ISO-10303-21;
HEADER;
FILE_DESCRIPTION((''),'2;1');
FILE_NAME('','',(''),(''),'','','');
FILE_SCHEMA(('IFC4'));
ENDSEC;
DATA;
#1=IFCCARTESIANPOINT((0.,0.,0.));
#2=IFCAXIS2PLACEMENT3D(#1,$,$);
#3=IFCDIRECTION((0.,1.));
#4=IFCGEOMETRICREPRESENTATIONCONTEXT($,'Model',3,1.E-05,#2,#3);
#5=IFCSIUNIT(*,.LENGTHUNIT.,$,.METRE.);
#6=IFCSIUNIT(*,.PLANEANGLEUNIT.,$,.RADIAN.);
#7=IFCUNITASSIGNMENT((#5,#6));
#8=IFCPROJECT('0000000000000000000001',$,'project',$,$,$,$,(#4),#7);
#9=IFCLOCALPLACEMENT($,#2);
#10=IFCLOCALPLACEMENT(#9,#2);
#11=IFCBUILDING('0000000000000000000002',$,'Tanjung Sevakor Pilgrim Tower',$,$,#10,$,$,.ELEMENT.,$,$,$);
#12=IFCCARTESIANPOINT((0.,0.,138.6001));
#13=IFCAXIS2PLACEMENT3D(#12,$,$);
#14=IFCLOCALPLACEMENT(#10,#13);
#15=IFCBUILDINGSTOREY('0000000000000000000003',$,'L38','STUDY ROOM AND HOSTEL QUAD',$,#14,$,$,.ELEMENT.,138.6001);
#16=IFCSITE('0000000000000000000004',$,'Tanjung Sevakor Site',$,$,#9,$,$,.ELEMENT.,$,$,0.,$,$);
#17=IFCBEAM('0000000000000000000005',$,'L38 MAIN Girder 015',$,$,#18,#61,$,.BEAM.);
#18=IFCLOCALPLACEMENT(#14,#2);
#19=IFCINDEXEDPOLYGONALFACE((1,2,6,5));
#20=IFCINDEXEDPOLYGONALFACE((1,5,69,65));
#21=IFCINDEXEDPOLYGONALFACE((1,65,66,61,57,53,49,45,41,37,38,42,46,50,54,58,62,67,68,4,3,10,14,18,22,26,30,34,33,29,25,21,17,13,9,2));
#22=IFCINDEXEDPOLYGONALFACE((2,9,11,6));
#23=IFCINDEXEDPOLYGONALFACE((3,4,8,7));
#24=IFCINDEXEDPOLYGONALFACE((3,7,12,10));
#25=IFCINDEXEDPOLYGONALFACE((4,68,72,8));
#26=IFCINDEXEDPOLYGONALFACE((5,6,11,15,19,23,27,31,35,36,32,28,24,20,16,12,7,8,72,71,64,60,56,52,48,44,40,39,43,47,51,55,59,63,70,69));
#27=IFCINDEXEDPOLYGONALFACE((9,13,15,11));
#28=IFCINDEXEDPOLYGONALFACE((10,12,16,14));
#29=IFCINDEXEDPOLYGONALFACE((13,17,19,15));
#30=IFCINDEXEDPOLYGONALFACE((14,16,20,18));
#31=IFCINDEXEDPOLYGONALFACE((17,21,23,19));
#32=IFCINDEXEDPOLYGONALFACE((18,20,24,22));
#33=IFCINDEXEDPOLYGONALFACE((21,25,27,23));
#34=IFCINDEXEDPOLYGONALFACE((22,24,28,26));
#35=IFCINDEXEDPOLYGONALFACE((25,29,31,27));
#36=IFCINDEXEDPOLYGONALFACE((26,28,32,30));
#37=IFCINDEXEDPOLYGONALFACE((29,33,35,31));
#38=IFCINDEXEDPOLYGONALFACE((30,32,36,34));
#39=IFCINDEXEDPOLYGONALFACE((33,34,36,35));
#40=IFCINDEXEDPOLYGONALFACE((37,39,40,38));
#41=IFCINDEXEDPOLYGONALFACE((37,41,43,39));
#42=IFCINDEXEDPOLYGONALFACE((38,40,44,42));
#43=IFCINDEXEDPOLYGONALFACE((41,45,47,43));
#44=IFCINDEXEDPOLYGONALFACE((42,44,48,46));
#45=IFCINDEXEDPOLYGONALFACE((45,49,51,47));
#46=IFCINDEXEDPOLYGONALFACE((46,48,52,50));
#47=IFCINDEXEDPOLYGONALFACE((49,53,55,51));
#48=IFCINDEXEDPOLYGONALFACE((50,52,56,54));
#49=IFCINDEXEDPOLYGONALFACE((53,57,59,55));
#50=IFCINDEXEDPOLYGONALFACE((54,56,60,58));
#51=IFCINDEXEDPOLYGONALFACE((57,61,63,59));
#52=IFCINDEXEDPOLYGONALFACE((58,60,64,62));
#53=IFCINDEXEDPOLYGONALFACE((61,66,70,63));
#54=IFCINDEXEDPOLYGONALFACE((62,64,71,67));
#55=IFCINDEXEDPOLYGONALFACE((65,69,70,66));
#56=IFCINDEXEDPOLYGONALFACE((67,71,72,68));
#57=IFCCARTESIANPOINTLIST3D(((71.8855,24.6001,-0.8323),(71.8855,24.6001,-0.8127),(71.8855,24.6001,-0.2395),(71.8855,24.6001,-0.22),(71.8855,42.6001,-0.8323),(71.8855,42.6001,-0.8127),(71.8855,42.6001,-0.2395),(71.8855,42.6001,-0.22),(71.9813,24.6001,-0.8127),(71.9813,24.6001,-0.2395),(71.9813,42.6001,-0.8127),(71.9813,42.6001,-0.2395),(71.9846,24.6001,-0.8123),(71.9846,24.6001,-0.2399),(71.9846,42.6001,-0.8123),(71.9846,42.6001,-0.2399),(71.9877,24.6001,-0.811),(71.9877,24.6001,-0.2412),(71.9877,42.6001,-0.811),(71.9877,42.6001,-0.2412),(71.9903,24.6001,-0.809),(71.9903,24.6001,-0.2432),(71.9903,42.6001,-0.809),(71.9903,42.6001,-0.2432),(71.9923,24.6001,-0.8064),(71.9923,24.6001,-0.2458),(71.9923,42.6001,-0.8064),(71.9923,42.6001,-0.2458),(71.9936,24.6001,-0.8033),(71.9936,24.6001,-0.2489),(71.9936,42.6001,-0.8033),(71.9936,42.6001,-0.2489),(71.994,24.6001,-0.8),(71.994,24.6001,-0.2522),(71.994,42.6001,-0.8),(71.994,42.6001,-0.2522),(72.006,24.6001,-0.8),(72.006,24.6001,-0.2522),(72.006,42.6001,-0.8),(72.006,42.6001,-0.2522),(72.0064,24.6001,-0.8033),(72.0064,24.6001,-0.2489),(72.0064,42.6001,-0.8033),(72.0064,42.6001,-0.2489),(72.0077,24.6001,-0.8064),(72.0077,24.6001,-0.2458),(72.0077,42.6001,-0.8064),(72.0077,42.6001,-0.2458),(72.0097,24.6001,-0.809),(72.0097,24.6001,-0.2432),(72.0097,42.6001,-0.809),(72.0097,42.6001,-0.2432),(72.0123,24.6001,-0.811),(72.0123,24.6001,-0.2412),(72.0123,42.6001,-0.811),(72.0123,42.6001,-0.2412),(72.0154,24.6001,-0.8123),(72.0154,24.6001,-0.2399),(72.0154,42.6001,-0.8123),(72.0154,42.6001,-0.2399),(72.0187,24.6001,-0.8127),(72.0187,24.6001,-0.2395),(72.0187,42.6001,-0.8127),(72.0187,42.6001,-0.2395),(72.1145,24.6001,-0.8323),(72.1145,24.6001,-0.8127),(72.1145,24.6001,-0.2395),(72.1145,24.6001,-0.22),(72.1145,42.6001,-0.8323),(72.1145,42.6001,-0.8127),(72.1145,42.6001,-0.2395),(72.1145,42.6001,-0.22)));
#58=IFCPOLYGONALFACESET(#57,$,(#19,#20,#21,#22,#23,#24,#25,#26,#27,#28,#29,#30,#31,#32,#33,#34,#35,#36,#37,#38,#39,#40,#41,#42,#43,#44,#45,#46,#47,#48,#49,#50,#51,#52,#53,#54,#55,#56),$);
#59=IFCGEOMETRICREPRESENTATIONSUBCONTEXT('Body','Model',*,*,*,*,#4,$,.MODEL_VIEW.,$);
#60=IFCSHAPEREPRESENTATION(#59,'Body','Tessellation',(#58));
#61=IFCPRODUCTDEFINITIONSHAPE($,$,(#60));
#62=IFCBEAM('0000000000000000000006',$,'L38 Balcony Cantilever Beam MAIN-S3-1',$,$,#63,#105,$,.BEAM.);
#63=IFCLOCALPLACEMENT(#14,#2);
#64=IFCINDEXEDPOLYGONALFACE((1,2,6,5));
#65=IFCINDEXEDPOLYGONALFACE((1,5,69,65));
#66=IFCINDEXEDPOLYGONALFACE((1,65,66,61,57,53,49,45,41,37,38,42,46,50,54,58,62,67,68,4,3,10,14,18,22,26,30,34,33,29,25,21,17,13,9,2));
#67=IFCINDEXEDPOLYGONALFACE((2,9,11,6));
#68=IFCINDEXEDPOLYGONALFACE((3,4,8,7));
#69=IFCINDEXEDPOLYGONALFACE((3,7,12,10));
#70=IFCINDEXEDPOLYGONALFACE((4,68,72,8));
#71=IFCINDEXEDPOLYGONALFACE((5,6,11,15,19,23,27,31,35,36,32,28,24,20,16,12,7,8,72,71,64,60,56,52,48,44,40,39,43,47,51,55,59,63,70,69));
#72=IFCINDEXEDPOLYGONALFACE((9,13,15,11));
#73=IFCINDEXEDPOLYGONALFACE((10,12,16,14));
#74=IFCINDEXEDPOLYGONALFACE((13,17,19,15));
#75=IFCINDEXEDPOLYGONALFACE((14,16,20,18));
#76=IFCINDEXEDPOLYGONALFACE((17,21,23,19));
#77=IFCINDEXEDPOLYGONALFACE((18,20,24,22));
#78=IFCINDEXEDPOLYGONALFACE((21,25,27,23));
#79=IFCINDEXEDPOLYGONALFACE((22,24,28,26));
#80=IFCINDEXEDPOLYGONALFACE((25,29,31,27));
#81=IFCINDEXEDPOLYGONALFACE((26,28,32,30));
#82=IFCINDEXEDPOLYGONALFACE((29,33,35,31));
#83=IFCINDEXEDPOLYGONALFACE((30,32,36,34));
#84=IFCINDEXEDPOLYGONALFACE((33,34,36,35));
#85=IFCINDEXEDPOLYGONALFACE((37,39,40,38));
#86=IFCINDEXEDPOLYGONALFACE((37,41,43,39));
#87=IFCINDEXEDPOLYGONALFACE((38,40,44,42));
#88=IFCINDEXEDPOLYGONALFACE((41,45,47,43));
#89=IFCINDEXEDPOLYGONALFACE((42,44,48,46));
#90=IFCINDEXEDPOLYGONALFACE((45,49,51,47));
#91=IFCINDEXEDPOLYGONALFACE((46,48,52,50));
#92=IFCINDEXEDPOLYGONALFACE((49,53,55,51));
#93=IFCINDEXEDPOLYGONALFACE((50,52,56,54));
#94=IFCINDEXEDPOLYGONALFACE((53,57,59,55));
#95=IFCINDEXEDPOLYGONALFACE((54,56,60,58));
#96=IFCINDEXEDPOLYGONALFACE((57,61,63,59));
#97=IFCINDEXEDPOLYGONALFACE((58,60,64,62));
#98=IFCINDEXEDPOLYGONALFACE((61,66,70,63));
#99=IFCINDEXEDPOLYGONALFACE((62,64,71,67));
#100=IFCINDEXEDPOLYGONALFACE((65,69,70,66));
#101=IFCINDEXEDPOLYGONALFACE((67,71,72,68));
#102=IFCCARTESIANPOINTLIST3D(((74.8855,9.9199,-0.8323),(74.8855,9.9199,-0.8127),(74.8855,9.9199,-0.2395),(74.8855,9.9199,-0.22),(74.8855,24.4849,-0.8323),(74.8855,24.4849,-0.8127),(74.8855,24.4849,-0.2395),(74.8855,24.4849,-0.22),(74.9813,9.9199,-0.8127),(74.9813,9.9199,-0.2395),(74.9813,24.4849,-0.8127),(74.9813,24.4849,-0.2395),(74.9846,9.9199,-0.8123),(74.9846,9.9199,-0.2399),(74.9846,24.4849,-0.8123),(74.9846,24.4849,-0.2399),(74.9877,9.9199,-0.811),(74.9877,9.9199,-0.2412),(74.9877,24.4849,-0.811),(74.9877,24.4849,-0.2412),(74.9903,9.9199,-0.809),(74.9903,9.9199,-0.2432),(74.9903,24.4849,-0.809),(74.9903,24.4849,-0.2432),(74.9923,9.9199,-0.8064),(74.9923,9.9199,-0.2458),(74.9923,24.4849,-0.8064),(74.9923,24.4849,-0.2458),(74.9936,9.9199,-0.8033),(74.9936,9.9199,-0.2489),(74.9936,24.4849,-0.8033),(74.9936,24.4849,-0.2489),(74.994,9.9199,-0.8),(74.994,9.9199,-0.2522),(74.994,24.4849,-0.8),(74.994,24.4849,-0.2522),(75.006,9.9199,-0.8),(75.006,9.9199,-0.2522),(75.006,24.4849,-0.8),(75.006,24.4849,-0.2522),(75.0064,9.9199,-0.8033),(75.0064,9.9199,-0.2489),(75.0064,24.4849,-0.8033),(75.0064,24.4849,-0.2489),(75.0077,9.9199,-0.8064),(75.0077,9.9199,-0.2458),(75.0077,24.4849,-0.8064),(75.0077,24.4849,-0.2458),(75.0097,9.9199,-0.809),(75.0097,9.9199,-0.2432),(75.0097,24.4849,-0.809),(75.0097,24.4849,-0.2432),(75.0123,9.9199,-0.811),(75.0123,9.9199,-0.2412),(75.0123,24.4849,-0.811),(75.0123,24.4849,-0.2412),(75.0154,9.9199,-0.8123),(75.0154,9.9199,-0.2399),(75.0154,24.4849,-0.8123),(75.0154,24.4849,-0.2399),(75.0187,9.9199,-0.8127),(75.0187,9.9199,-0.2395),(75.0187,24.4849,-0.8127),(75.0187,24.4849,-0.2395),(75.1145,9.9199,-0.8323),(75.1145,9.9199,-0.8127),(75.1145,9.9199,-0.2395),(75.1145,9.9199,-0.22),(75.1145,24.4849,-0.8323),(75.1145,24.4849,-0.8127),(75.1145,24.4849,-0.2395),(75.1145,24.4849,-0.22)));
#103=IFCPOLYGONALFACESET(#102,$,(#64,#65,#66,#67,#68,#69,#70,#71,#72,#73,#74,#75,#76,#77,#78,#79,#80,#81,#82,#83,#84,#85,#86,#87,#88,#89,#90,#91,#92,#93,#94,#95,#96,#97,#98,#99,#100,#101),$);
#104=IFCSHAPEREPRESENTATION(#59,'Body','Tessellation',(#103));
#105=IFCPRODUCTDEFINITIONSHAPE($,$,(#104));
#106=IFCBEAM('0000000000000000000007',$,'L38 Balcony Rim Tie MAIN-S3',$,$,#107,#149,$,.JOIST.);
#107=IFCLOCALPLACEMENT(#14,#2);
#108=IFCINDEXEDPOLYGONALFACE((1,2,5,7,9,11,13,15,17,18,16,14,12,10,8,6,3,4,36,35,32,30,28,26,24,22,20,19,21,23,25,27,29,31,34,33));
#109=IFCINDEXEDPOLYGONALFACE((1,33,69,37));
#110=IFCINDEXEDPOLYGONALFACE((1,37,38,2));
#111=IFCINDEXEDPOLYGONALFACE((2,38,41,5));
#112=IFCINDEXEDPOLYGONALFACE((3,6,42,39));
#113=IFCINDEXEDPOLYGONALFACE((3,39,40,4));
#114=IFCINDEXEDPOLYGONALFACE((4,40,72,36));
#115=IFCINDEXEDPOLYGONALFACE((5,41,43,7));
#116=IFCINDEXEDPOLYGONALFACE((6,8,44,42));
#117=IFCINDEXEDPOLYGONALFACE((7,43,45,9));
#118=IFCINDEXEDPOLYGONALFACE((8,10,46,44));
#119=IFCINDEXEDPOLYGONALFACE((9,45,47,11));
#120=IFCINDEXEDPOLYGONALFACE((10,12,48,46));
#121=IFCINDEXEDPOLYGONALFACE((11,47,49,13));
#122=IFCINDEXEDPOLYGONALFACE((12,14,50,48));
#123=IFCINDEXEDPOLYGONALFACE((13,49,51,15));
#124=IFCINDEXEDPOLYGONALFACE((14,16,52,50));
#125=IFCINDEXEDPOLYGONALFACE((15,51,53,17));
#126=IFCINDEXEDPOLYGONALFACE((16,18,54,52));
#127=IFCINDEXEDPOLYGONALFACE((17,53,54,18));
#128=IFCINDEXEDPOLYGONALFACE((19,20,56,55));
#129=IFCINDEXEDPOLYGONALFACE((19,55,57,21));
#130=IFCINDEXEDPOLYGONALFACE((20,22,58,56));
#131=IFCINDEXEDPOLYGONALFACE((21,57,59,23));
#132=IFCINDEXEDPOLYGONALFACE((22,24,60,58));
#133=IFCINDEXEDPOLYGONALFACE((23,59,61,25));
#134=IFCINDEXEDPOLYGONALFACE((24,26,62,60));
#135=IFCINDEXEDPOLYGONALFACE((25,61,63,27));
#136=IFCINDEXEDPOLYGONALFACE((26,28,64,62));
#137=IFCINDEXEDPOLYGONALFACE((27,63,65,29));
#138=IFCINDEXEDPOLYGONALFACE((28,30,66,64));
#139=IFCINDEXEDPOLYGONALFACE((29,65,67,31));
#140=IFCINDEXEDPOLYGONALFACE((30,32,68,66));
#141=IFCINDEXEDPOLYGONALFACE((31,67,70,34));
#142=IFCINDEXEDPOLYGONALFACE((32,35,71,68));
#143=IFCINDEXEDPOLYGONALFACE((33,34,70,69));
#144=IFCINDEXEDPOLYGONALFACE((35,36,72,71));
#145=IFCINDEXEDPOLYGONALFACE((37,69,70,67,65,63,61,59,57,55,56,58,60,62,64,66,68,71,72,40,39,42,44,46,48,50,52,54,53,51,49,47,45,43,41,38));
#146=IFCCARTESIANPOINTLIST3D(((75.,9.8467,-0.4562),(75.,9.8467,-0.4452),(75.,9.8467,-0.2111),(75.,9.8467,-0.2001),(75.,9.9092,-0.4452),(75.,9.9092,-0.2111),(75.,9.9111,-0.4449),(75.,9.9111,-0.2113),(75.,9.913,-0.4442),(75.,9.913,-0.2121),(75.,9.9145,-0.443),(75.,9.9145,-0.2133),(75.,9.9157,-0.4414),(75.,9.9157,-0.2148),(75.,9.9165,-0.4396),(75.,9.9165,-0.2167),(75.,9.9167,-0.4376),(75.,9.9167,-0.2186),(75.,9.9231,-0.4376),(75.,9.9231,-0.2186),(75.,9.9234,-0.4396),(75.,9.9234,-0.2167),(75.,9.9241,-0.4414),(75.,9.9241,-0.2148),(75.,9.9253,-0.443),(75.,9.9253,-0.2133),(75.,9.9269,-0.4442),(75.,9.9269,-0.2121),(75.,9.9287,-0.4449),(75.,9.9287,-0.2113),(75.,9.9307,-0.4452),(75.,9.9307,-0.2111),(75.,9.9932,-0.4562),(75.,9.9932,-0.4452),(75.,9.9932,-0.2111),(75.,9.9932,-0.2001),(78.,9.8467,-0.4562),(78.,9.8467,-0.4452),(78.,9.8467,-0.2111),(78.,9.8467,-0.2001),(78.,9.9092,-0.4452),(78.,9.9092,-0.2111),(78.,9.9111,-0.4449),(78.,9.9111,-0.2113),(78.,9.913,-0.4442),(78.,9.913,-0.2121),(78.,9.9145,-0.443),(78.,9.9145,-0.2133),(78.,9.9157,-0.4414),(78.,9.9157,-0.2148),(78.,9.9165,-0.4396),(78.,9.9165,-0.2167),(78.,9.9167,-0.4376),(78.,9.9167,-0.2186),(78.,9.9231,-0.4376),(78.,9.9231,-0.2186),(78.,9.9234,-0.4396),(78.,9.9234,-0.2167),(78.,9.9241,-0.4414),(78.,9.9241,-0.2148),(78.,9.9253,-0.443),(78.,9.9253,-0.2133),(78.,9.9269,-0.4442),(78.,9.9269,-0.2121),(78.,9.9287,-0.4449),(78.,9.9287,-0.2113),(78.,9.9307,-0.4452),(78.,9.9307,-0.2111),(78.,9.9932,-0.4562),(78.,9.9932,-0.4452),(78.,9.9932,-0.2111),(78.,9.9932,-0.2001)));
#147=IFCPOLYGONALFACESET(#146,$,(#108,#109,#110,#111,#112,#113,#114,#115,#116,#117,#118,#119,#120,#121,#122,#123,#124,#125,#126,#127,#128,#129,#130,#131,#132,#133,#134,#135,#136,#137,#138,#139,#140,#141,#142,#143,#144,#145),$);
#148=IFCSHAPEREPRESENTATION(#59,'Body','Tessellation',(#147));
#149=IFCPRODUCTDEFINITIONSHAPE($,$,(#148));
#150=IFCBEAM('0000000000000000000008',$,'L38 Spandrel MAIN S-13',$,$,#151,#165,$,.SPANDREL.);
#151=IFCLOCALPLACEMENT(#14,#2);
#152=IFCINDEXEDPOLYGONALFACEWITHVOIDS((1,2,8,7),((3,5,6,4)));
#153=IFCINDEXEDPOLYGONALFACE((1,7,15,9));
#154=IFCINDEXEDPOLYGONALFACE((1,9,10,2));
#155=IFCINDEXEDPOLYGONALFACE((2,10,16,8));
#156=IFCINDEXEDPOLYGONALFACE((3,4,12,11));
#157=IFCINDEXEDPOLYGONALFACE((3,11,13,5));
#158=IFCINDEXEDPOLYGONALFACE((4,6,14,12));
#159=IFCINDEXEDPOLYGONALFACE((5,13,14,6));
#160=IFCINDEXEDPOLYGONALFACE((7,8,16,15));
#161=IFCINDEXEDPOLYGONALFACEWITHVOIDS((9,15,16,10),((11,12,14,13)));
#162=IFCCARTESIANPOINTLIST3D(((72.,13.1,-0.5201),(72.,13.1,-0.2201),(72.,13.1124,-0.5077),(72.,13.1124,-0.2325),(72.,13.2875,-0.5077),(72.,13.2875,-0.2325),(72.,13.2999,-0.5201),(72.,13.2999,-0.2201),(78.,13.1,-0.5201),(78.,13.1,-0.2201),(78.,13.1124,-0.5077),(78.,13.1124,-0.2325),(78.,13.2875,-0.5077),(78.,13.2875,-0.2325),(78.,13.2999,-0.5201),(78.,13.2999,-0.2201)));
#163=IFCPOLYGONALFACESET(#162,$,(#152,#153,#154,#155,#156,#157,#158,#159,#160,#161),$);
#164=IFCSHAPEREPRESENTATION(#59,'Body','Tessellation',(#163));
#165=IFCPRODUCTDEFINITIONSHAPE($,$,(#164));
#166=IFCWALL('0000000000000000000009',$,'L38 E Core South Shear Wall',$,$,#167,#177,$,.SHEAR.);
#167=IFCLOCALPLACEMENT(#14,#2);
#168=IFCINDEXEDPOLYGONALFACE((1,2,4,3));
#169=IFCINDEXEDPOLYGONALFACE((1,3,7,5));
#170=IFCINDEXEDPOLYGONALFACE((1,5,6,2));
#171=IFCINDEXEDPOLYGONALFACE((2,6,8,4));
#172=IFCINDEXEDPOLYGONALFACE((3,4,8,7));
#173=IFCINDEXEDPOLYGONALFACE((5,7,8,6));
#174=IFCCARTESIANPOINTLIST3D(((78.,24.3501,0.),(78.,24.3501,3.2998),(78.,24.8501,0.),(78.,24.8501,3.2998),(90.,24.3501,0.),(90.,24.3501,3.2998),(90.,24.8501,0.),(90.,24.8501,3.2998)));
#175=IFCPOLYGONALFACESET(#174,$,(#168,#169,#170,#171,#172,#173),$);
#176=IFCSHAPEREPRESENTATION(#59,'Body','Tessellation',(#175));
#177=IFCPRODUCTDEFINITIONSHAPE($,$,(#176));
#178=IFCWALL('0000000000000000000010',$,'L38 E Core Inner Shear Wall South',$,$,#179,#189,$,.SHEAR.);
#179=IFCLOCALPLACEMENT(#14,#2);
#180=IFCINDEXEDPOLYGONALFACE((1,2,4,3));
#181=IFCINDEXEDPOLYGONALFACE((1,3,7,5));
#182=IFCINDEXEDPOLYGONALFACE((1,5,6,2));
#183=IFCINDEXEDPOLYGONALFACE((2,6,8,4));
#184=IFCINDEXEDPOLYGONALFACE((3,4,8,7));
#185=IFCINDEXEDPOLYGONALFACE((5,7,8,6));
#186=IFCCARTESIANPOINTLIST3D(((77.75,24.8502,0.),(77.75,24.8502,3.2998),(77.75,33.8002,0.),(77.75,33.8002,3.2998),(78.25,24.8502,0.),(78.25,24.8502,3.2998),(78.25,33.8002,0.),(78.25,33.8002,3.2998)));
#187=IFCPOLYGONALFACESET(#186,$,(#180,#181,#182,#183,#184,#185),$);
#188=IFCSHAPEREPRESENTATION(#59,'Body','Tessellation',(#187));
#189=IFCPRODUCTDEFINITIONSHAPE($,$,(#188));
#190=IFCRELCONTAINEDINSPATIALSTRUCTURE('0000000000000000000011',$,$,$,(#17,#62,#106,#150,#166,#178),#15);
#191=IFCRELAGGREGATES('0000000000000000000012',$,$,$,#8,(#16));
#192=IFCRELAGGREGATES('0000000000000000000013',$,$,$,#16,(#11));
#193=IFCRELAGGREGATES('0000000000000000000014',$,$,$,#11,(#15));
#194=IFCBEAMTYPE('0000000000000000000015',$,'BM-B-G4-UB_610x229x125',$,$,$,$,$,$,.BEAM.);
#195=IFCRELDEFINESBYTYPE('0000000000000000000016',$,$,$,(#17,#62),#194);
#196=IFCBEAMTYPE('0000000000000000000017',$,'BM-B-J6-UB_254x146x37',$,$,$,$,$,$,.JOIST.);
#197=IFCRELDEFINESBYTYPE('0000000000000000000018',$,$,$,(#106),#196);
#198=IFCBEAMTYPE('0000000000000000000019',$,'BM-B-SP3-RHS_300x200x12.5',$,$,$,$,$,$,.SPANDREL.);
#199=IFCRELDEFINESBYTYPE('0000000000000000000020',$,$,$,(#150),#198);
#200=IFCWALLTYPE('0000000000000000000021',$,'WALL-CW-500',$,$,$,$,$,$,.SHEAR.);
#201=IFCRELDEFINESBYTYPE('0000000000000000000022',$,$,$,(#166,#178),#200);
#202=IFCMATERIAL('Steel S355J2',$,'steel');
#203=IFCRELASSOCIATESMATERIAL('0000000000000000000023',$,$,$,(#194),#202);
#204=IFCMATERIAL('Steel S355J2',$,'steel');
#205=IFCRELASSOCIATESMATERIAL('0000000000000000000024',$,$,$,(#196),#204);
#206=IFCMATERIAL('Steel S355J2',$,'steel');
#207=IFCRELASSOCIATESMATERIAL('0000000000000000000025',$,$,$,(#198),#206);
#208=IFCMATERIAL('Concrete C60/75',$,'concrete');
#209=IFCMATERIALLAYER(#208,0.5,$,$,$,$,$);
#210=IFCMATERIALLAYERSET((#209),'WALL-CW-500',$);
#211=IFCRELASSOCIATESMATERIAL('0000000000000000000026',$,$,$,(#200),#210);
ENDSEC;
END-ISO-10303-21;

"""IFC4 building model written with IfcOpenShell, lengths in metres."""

from ifc_helpers import new_model, si_unit, direction, frame, frame_2d, origin, origin_2d, place, context, subcontext, project, spatial, rectangle, hollow_rectangle, i_section, extrude, material, layer, layer_set, material_profile, profile_set, type_object, element, save


model = new_model("IFC4")

# Units and contexts
model_context = context("Model", 3, precision=1e-05, world=origin(), true_north=direction((0.0, 1.0)))
body_context = subcontext(model_context, "Body", "Model", "MODEL_VIEW")
ifc_project = project(units=[si_unit("LENGTHUNIT", "METRE"), si_unit("PLANEANGLEUNIT", "RADIAN")], contexts=[model_context])

# Site, building, storey
site_placement = place(None, origin())
site = spatial("IfcSite", under=ifc_project, at=site_placement, Name="Tanjung Sevakor Site", CompositionType="ELEMENT", RefElevation=0.0)
building_placement = place(site_placement, origin())
building = spatial("IfcBuilding", under=site, at=building_placement, Name="Tanjung Sevakor Pilgrim Tower", CompositionType="ELEMENT")
storey_placement = place(building_placement, frame((0.0, 0.0, 138.6001)))
storey = spatial("IfcBuildingStorey", under=building, at=storey_placement, Name="L38", Description="STUDY ROOM AND HOSTEL QUAD", CompositionType="ELEMENT", Elevation=138.6001)

# Beams
ifc_material_1 = material(Name="Steel S355J2", Category="steel")
ifc_material_profile_1 = material_profile(ifc_material_1, i_section(OverallWidth=0.229, OverallDepth=0.6123, WebThickness=0.012, FlangeThickness=0.0195, FilletRadius=0.0127, at=origin_2d()))
ifc_profile_set_1 = profile_set([ifc_material_profile_1], Name="Steel S355J2")
beam_type_1 = type_object("IfcBeamType", Name="BM-B-G4-UB_610x229x125", PredefinedType="BEAM", material=ifc_profile_set_1)
beam_1_placement = place(storey_placement, frame((72.0, 24.6001, -0.5261), z_axis=(0.0, 1.0, 0.0), x_axis=(-1.0, 0.0, 0.0)))
element("IfcBeam", 1, at=beam_1_placement, inside=storey, type_object=beam_type_1, Name="L38 MAIN Girder 015", PredefinedType="BEAM", context=body_context, shape_type="SweptSolid", body=[
    extrude(i_section(OverallWidth=0.229, OverallDepth=0.6123, WebThickness=0.012, FlangeThickness=0.0195, FilletRadius=0.0127, at=origin_2d()), origin(), (0.0, 0.0, 1.0), 18.0),
])
beam_2_placement = place(storey_placement, frame((75.0, 24.4849, -0.5261), z_axis=(0.0, -1.0, 0.0), x_axis=(1.0, 0.0, 0.0)))
element("IfcBeam", 2, at=beam_2_placement, inside=storey, type_object=beam_type_1, Name="L38 Balcony Cantilever Beam MAIN-S3-1", PredefinedType="BEAM", context=body_context, shape_type="SweptSolid", body=[
    extrude(i_section(OverallWidth=0.229, OverallDepth=0.6123, WebThickness=0.012, FlangeThickness=0.0195, FilletRadius=0.0127, at=origin_2d()), origin(), (0.0, 0.0, 1.0), 14.5649),
])
ifc_material_2 = material(Name="Steel S355J2", Category="steel")
ifc_material_profile_2 = material_profile(ifc_material_2, i_section(OverallWidth=0.1465, OverallDepth=0.2561, WebThickness=0.0063, FlangeThickness=0.011, FilletRadius=0.0076, at=origin_2d()))
ifc_profile_set_2 = profile_set([ifc_material_profile_2], Name="Steel S355J2")
beam_type_2 = type_object("IfcBeamType", Name="BM-B-J6-UB_254x146x37", PredefinedType="JOIST", material=ifc_profile_set_2)
beam_3_placement = place(storey_placement, frame((75.0, 9.9199, -0.3281), z_axis=(1.0, 0.0, 0.0), x_axis=(0.0, 1.0, 0.0)))
element("IfcBeam", 3, at=beam_3_placement, inside=storey, type_object=beam_type_2, Name="L38 Balcony Rim Tie MAIN-S3", PredefinedType="JOIST", context=body_context, shape_type="SweptSolid", body=[
    extrude(i_section(OverallWidth=0.1465, OverallDepth=0.2561, WebThickness=0.0063, FlangeThickness=0.011, FilletRadius=0.0076, at=origin_2d()), origin(), (0.0, 0.0, 1.0), 3.0),
])
ifc_material_3 = material(Name="Steel S355J2", Category="steel")
ifc_material_profile_3 = material_profile(ifc_material_3, hollow_rectangle(XDim=0.2, YDim=0.3, WallThickness=0.0125, at=origin_2d()))
ifc_profile_set_3 = profile_set([ifc_material_profile_3], Name="Steel S355J2")
beam_type_3 = type_object("IfcBeamType", Name="BM-B-SP3-RHS_300x200x12.5", PredefinedType="SPANDREL", material=ifc_profile_set_3)
beam_4_placement = place(storey_placement, frame((72.0, 13.2, -0.3701), z_axis=(1.0, 0.0, 0.0), x_axis=(0.0, 1.0, 0.0)))
element("IfcBeam", 4, at=beam_4_placement, inside=storey, type_object=beam_type_3, Name="L38 Spandrel MAIN S-13", PredefinedType="SPANDREL", context=body_context, shape_type="SweptSolid", body=[
    extrude(hollow_rectangle(XDim=0.2, YDim=0.3, WallThickness=0.0125, at=origin_2d()), origin(), (0.0, 0.0, 1.0), 6.0),
])

# Walls
ifc_material_4 = material(Name="Concrete C60/75", Category="concrete")
ifc_layer_1 = layer(ifc_material_4, 0.5)
ifc_layer_set_1 = layer_set([ifc_layer_1], Name="WALL-CW-500")
wall_type_1 = type_object("IfcWallType", Name="WALL-CW-500", PredefinedType="SHEAR", material=ifc_layer_set_1)
wall_1_placement = place(storey_placement, frame((78.0, 24.6001, 0.0), z_axis=(0.0, 0.0, 1.0), x_axis=(1.0, 0.0, 0.0)))
element("IfcWall", 5, at=wall_1_placement, inside=storey, type_object=wall_type_1, Name="L38 E Core South Shear Wall", PredefinedType="SHEAR", context=body_context, shape_type="SweptSolid", body=[
    extrude(rectangle(XDim=12.0, YDim=0.5, at=frame_2d((6.0, 0.0))), origin(), (0.0, 0.0, 1.0), 3.2998),
])
wall_2_placement = place(storey_placement, frame((78.0, 24.8501, 0.0), z_axis=(0.0, 0.0, 1.0), x_axis=(0.0, 1.0, 0.0)))
element("IfcWall", 6, at=wall_2_placement, inside=storey, type_object=wall_type_1, Name="L38 E Core Inner Shear Wall South", PredefinedType="SHEAR", context=body_context, shape_type="SweptSolid", body=[
    extrude(rectangle(XDim=8.95, YDim=0.5, at=frame_2d((4.4751, 0.0))), origin(), (0.0, 0.0, 1.0), 3.2998),
])

save(model, "model.ifc")
